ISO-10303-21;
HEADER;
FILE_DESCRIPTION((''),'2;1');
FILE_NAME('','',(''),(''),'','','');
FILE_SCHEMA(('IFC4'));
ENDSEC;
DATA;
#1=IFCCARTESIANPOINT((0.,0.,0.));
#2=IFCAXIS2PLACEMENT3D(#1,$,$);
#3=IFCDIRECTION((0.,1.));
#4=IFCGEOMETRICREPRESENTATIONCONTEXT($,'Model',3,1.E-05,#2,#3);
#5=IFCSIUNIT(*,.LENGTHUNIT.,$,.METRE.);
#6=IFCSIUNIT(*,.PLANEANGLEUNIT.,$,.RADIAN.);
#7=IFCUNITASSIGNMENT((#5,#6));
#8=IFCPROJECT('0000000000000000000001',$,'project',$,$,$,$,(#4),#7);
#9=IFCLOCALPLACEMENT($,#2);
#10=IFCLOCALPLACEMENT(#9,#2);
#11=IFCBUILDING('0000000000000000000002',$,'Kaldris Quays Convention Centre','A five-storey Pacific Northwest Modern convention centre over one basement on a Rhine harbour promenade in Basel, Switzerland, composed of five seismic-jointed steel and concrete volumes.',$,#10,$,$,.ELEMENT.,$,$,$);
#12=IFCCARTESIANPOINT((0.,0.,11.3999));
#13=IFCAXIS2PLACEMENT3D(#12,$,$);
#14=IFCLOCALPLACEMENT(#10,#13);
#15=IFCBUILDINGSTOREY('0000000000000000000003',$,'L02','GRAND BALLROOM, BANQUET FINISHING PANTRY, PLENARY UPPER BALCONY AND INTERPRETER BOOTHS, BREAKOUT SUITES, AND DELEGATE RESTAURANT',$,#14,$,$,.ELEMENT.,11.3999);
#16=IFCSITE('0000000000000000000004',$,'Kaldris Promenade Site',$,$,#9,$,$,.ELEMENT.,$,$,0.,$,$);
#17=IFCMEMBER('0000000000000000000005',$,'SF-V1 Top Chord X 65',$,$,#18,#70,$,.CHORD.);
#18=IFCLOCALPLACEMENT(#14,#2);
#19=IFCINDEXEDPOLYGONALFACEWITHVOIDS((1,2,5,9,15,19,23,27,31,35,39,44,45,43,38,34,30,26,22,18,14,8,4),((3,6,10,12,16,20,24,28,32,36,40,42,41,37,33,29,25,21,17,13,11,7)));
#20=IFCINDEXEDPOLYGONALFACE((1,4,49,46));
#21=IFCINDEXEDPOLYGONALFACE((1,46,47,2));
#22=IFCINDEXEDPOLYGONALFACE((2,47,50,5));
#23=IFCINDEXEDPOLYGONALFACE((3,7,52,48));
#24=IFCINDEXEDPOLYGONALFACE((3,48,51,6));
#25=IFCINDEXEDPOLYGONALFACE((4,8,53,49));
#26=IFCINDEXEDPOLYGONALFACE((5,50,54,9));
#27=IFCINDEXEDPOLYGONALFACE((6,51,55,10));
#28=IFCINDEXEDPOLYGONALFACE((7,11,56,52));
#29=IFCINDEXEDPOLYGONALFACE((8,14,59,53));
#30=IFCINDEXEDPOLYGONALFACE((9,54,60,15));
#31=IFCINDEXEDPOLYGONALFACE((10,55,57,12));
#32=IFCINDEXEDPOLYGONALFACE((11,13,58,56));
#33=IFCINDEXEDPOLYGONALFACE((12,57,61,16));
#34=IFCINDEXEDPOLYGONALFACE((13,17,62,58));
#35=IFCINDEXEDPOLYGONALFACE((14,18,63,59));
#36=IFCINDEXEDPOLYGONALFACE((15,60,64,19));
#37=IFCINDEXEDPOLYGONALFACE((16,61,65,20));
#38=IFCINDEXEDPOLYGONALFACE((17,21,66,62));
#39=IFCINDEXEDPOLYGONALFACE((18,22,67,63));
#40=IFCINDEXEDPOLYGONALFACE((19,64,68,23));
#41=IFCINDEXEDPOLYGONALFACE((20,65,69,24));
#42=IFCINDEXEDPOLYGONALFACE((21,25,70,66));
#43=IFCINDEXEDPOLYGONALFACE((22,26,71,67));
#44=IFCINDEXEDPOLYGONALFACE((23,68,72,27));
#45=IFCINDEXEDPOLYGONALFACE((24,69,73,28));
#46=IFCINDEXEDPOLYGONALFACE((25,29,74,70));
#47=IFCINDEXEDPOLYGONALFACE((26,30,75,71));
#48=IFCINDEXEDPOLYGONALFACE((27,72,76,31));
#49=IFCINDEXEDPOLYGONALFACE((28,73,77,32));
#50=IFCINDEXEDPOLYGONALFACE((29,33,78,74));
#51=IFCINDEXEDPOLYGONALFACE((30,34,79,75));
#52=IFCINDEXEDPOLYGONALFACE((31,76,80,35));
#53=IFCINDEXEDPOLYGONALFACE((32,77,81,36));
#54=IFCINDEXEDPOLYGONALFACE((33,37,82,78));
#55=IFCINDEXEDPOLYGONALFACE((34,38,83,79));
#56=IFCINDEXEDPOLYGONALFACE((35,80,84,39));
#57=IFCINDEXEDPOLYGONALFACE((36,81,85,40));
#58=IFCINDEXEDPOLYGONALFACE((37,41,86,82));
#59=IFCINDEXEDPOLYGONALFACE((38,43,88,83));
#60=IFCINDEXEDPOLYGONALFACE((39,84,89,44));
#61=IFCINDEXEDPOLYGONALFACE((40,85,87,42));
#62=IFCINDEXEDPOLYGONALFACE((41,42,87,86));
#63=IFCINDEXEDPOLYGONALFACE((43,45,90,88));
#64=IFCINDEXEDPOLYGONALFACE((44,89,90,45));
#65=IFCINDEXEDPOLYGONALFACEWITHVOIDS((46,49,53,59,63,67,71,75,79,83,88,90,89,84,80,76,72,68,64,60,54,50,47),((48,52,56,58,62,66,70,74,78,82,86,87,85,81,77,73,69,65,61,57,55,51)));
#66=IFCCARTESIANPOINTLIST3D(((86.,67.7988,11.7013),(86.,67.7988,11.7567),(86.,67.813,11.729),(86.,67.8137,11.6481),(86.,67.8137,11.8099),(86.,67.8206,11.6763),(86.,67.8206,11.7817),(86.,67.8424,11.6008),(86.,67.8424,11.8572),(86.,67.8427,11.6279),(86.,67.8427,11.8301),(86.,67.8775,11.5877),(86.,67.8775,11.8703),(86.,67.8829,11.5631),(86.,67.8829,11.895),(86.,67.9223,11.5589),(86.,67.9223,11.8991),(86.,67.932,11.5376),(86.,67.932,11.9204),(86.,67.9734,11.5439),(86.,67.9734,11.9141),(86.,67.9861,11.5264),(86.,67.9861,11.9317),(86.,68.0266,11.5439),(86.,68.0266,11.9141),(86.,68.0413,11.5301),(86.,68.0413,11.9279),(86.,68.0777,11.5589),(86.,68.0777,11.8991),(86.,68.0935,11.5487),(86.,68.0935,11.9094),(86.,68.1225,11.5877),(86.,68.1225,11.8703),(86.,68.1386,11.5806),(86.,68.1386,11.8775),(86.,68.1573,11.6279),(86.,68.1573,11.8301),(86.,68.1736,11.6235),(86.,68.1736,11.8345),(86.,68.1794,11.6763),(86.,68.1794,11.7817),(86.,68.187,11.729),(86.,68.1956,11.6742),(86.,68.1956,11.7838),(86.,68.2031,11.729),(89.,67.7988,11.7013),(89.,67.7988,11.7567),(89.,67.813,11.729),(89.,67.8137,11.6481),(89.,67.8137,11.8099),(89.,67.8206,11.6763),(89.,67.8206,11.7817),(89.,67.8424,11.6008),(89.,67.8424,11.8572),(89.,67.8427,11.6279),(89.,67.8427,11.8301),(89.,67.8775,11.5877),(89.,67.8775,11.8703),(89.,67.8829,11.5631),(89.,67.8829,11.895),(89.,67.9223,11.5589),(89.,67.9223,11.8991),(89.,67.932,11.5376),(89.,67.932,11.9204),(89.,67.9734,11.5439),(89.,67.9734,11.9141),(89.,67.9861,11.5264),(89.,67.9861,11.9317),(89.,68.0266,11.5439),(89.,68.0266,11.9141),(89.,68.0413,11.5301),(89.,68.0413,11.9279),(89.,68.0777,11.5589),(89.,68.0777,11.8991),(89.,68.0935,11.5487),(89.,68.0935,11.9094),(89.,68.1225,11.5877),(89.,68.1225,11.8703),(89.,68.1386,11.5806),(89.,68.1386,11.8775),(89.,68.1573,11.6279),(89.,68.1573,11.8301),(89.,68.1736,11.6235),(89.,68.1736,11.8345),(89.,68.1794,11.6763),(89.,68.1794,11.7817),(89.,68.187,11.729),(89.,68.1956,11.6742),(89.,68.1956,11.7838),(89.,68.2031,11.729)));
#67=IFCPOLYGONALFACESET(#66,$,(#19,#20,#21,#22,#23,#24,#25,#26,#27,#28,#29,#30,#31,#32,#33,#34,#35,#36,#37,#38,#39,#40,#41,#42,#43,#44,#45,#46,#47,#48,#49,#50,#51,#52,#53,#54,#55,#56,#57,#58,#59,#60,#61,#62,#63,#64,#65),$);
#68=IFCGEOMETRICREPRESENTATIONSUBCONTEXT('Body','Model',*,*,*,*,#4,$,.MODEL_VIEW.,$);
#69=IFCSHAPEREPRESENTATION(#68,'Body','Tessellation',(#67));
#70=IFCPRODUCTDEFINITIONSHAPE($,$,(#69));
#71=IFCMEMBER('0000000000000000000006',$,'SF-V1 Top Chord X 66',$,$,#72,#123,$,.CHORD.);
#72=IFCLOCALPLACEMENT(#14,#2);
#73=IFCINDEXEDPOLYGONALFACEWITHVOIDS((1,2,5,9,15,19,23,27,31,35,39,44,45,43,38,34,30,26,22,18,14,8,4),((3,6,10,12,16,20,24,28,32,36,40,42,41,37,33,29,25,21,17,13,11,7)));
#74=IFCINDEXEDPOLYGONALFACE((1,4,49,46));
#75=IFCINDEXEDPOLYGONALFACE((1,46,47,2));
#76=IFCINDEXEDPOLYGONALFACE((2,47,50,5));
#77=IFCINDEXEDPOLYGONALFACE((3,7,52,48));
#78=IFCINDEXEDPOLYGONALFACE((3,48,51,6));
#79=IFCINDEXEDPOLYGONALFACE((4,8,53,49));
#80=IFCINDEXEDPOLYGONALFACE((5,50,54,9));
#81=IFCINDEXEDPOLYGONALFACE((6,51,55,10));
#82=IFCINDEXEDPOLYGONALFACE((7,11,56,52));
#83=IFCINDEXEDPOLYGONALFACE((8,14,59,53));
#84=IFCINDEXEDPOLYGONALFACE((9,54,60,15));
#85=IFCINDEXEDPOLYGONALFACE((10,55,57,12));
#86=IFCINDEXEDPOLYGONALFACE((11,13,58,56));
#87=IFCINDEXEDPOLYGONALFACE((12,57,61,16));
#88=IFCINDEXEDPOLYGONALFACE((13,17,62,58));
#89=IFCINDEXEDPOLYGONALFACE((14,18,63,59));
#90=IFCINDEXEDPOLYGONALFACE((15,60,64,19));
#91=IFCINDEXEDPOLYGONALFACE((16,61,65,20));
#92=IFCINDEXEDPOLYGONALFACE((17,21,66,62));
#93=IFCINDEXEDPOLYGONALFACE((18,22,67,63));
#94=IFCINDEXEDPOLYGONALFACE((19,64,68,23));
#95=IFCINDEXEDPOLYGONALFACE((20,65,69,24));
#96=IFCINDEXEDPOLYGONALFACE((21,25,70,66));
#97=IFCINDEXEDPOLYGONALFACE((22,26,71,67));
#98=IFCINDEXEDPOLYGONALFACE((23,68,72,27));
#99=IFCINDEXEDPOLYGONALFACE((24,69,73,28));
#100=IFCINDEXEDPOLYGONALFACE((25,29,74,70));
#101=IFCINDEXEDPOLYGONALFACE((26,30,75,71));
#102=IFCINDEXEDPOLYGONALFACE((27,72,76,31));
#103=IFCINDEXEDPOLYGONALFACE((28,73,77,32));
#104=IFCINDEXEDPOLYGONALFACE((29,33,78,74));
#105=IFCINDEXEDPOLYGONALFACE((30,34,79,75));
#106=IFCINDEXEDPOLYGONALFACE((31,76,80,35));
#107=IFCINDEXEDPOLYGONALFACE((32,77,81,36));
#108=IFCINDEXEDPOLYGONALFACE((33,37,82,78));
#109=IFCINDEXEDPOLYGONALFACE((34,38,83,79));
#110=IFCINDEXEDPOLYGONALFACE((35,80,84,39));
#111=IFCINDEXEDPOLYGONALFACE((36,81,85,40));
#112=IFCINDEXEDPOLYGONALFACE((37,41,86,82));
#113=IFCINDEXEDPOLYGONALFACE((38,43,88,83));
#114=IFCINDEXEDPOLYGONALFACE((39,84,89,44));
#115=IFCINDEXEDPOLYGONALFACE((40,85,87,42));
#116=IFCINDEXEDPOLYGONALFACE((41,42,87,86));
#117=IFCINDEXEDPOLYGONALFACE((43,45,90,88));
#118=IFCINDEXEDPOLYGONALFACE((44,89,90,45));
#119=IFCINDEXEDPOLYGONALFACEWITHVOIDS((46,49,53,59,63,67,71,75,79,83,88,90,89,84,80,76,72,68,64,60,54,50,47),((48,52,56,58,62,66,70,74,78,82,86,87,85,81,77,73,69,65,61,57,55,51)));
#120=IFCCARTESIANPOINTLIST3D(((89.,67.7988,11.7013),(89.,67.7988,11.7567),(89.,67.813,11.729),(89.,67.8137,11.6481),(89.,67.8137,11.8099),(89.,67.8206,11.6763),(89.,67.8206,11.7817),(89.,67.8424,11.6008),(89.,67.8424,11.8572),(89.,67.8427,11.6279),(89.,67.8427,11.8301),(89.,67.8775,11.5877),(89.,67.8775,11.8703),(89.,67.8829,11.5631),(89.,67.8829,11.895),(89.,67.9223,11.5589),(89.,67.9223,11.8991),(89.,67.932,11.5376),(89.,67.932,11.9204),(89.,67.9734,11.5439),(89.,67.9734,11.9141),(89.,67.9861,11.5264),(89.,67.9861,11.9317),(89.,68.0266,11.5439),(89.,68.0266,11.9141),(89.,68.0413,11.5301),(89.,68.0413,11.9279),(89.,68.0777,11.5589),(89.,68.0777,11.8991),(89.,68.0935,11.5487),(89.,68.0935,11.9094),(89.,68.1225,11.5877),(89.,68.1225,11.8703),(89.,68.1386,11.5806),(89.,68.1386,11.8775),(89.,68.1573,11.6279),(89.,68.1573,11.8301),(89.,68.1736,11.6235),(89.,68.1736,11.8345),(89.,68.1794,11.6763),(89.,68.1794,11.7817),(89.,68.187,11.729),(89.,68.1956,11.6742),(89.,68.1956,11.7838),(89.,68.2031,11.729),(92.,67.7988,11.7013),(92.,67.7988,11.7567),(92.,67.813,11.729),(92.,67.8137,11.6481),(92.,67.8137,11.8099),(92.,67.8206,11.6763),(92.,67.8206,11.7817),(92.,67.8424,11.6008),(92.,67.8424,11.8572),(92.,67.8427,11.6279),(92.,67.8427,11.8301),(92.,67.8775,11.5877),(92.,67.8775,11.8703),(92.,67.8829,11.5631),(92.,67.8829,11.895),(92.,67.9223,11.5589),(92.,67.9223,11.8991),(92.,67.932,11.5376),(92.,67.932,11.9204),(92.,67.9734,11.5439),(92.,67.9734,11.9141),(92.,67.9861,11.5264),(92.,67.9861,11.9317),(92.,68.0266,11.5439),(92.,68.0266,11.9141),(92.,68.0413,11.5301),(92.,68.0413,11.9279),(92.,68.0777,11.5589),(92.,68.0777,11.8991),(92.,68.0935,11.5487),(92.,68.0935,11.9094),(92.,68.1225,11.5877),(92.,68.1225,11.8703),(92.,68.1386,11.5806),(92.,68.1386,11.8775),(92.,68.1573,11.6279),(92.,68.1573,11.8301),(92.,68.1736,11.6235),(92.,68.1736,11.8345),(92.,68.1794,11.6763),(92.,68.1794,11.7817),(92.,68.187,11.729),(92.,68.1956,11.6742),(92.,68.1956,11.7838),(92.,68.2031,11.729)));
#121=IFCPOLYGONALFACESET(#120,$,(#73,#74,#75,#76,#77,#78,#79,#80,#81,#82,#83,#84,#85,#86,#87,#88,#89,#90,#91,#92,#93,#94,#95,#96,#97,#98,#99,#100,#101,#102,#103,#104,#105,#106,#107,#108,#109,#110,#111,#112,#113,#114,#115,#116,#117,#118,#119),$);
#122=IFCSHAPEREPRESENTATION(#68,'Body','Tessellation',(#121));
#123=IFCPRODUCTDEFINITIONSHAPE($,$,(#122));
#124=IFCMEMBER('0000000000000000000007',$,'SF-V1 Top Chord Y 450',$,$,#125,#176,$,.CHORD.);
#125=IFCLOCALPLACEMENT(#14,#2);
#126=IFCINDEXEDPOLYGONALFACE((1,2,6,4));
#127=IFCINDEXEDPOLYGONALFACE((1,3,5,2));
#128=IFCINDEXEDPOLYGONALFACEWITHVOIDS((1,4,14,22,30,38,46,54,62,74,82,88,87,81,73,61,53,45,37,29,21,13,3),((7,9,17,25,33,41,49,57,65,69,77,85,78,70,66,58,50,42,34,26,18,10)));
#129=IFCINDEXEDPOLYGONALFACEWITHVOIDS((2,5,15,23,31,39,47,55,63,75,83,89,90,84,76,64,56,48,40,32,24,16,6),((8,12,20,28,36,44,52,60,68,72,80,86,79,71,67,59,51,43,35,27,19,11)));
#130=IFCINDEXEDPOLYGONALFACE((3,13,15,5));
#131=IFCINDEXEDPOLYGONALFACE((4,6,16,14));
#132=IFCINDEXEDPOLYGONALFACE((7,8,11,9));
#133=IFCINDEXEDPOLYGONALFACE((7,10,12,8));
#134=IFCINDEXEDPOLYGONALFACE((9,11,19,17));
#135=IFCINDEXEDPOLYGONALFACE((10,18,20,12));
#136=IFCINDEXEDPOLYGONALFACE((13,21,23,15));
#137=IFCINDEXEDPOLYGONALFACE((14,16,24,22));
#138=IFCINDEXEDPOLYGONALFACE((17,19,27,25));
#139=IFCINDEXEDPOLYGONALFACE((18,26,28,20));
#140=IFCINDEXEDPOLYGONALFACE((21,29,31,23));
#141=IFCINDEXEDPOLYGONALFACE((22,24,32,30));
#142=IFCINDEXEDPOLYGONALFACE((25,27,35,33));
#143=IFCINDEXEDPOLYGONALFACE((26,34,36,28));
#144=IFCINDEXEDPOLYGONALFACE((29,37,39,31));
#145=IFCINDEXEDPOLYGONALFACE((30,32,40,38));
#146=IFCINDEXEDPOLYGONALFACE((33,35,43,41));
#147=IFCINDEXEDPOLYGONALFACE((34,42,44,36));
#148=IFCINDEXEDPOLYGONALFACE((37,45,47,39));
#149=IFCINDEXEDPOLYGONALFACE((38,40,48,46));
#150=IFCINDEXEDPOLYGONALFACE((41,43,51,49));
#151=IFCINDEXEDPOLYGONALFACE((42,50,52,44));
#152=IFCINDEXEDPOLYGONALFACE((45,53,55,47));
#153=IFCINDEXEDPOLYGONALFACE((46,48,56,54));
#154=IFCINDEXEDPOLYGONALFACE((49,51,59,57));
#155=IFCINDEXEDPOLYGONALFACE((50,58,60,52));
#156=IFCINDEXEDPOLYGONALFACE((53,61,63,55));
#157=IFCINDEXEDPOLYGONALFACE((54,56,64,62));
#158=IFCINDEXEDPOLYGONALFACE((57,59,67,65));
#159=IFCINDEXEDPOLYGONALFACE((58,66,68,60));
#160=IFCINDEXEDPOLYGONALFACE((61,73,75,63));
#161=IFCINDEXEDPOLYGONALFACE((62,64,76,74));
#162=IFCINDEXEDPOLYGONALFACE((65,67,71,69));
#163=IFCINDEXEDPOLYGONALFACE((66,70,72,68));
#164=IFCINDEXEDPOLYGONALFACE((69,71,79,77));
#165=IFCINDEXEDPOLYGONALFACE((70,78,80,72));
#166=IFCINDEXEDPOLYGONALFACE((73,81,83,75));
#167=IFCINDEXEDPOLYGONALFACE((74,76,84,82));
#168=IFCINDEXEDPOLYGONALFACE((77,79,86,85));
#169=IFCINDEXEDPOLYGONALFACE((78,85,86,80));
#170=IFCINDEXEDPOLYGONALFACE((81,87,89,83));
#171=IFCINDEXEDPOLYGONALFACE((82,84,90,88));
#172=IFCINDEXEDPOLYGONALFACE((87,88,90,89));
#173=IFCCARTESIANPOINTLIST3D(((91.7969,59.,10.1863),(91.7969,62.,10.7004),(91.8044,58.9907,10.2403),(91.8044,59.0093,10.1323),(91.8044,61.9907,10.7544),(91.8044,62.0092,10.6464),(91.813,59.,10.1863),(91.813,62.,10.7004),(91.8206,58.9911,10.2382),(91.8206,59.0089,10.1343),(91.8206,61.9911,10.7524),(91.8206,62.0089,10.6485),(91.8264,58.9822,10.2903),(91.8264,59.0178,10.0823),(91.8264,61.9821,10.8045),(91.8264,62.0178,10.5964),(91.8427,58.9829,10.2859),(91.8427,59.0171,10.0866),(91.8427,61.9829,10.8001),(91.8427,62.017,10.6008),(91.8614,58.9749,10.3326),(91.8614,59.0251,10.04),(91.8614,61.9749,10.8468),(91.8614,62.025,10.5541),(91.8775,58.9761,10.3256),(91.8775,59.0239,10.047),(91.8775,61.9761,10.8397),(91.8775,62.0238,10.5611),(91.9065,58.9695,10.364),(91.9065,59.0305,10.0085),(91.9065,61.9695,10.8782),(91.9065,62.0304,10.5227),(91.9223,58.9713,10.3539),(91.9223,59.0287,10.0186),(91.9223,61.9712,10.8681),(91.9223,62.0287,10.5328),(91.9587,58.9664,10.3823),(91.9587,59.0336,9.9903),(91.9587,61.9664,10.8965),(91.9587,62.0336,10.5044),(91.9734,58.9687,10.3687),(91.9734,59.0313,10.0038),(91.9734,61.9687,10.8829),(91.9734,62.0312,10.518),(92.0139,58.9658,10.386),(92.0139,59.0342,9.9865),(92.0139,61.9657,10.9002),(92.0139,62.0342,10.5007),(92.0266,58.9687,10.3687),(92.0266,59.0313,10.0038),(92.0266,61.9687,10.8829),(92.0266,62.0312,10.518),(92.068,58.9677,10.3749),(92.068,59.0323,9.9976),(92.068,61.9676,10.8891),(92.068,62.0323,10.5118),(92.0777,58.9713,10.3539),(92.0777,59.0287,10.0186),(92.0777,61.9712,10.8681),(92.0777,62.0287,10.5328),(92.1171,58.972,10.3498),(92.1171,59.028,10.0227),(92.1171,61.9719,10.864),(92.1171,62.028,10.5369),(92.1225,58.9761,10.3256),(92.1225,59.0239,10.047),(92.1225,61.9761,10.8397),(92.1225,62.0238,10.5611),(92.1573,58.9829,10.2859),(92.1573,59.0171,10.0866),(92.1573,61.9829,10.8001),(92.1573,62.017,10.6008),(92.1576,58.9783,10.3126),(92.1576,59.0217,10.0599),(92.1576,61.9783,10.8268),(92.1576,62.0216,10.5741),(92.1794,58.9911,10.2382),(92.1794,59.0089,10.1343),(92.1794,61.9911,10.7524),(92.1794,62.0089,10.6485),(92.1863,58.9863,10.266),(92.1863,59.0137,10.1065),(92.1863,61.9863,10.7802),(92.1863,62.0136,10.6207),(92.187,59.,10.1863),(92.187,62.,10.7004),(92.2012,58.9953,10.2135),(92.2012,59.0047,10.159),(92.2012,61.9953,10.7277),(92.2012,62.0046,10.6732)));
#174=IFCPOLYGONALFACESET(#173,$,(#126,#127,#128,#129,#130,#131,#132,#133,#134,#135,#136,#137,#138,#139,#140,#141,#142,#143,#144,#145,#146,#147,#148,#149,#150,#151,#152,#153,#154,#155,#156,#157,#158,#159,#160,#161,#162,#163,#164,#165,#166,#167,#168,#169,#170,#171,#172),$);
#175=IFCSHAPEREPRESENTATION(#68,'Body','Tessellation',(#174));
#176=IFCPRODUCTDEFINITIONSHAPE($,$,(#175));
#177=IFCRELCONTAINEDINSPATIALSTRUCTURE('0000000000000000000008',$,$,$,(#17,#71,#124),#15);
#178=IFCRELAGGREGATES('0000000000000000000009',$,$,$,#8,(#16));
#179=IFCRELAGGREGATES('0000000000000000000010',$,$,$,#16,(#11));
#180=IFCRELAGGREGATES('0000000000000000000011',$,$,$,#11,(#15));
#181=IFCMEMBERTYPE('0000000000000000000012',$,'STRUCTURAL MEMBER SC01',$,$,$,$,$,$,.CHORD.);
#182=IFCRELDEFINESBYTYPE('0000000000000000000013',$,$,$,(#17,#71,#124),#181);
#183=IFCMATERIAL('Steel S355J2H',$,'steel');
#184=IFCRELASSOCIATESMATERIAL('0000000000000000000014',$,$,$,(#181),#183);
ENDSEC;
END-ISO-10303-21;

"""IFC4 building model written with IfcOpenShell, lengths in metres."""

from ifc_helpers import new_model, si_unit, direction, frame, origin, origin_2d, place, context, subcontext, project, spatial, hollow_circle, extrude, material, material_profile, profile_set, type_object, element, save


model = new_model("IFC4")

# Units and contexts
model_context = context("Model", 3, precision=1e-05, world=origin(), true_north=direction((0.0, 1.0)))
body_context = subcontext(model_context, "Body", "Model", "MODEL_VIEW")
ifc_project = project(units=[si_unit("LENGTHUNIT", "METRE"), si_unit("PLANEANGLEUNIT", "RADIAN")], contexts=[model_context])

# Site, building, storey
site_placement = place(None, origin())
site = spatial("IfcSite", under=ifc_project, at=site_placement, Name="Kaldris Promenade Site", CompositionType="ELEMENT", RefElevation=0.0)
building_placement = place(site_placement, origin())
building = spatial("IfcBuilding", under=site, at=building_placement, Name="Kaldris Quays Convention Centre", Description="A five-storey Pacific Northwest Modern convention centre over one basement on a Rhine harbour promenade in Basel, Switzerland, composed of five seismic-jointed steel and concrete volumes.", CompositionType="ELEMENT")
storey_placement = place(building_placement, frame((0.0, 0.0, 11.3999)))
storey = spatial("IfcBuildingStorey", under=building, at=storey_placement, Name="L02", Description="GRAND BALLROOM, BANQUET FINISHING PANTRY, PLENARY UPPER BALCONY AND INTERPRETER BOOTHS, BREAKOUT SUITES, AND DELEGATE RESTAURANT", CompositionType="ELEMENT", Elevation=11.3999)

# Members
ifc_material_1 = material(Name="Steel S355J2H", Category="steel")
ifc_material_profile_1 = material_profile(ifc_material_1, hollow_circle(Radius=0.2031, WallThickness=0.0161, at=origin_2d()), Name="CHS 406.4x16")
ifc_profile_set_1 = profile_set([ifc_material_profile_1], Name="Steel S355J2H")
member_type_1 = type_object("IfcMemberType", Name="STRUCTURAL MEMBER SC01", PredefinedType="CHORD", material=ifc_profile_set_1)
for number, where, z_axis, x_axis, name in (
    (1, (86.0, 68.0, 11.729), (1.0, 0.0, 0.0), (0.0, 1.0, 0.0), "SF-V1 Top Chord X 65"),
    (2, (89.0, 68.0, 11.729), (1.0, 0.0, 0.0), (0.0, 1.0, 0.0), "SF-V1 Top Chord X 66"),
):
    element("IfcMember", number, at=place(storey_placement, frame(where, z_axis=z_axis, x_axis=x_axis)), inside=storey, type_object=member_type_1, Name=name, PredefinedType="CHORD", context=body_context, shape_type="SweptSolid", body=[
        extrude(hollow_circle(Radius=0.2031, WallThickness=0.0161, at=origin_2d()), origin(), (0.0, 0.0, 1.0), 3.0),
    ])
for number, where, z_axis, x_axis, name in (
    (3, (92.0, 59.0, 10.1863), (0.0, 0.985629, 0.168924), (-1.0, 0.0, 0.0), "SF-V1 Top Chord Y 450"),
):
    element("IfcMember", number, at=place(storey_placement, frame(where, z_axis=z_axis, x_axis=x_axis)), inside=storey, type_object=member_type_1, Name=name, PredefinedType="CHORD", context=body_context, shape_type="SweptSolid", body=[
        extrude(hollow_circle(Radius=0.2031, WallThickness=0.0161, at=origin_2d()), origin(), (0.0, 0.0, 1.0), 3.0437),
    ])

save(model, "model.ifc")
